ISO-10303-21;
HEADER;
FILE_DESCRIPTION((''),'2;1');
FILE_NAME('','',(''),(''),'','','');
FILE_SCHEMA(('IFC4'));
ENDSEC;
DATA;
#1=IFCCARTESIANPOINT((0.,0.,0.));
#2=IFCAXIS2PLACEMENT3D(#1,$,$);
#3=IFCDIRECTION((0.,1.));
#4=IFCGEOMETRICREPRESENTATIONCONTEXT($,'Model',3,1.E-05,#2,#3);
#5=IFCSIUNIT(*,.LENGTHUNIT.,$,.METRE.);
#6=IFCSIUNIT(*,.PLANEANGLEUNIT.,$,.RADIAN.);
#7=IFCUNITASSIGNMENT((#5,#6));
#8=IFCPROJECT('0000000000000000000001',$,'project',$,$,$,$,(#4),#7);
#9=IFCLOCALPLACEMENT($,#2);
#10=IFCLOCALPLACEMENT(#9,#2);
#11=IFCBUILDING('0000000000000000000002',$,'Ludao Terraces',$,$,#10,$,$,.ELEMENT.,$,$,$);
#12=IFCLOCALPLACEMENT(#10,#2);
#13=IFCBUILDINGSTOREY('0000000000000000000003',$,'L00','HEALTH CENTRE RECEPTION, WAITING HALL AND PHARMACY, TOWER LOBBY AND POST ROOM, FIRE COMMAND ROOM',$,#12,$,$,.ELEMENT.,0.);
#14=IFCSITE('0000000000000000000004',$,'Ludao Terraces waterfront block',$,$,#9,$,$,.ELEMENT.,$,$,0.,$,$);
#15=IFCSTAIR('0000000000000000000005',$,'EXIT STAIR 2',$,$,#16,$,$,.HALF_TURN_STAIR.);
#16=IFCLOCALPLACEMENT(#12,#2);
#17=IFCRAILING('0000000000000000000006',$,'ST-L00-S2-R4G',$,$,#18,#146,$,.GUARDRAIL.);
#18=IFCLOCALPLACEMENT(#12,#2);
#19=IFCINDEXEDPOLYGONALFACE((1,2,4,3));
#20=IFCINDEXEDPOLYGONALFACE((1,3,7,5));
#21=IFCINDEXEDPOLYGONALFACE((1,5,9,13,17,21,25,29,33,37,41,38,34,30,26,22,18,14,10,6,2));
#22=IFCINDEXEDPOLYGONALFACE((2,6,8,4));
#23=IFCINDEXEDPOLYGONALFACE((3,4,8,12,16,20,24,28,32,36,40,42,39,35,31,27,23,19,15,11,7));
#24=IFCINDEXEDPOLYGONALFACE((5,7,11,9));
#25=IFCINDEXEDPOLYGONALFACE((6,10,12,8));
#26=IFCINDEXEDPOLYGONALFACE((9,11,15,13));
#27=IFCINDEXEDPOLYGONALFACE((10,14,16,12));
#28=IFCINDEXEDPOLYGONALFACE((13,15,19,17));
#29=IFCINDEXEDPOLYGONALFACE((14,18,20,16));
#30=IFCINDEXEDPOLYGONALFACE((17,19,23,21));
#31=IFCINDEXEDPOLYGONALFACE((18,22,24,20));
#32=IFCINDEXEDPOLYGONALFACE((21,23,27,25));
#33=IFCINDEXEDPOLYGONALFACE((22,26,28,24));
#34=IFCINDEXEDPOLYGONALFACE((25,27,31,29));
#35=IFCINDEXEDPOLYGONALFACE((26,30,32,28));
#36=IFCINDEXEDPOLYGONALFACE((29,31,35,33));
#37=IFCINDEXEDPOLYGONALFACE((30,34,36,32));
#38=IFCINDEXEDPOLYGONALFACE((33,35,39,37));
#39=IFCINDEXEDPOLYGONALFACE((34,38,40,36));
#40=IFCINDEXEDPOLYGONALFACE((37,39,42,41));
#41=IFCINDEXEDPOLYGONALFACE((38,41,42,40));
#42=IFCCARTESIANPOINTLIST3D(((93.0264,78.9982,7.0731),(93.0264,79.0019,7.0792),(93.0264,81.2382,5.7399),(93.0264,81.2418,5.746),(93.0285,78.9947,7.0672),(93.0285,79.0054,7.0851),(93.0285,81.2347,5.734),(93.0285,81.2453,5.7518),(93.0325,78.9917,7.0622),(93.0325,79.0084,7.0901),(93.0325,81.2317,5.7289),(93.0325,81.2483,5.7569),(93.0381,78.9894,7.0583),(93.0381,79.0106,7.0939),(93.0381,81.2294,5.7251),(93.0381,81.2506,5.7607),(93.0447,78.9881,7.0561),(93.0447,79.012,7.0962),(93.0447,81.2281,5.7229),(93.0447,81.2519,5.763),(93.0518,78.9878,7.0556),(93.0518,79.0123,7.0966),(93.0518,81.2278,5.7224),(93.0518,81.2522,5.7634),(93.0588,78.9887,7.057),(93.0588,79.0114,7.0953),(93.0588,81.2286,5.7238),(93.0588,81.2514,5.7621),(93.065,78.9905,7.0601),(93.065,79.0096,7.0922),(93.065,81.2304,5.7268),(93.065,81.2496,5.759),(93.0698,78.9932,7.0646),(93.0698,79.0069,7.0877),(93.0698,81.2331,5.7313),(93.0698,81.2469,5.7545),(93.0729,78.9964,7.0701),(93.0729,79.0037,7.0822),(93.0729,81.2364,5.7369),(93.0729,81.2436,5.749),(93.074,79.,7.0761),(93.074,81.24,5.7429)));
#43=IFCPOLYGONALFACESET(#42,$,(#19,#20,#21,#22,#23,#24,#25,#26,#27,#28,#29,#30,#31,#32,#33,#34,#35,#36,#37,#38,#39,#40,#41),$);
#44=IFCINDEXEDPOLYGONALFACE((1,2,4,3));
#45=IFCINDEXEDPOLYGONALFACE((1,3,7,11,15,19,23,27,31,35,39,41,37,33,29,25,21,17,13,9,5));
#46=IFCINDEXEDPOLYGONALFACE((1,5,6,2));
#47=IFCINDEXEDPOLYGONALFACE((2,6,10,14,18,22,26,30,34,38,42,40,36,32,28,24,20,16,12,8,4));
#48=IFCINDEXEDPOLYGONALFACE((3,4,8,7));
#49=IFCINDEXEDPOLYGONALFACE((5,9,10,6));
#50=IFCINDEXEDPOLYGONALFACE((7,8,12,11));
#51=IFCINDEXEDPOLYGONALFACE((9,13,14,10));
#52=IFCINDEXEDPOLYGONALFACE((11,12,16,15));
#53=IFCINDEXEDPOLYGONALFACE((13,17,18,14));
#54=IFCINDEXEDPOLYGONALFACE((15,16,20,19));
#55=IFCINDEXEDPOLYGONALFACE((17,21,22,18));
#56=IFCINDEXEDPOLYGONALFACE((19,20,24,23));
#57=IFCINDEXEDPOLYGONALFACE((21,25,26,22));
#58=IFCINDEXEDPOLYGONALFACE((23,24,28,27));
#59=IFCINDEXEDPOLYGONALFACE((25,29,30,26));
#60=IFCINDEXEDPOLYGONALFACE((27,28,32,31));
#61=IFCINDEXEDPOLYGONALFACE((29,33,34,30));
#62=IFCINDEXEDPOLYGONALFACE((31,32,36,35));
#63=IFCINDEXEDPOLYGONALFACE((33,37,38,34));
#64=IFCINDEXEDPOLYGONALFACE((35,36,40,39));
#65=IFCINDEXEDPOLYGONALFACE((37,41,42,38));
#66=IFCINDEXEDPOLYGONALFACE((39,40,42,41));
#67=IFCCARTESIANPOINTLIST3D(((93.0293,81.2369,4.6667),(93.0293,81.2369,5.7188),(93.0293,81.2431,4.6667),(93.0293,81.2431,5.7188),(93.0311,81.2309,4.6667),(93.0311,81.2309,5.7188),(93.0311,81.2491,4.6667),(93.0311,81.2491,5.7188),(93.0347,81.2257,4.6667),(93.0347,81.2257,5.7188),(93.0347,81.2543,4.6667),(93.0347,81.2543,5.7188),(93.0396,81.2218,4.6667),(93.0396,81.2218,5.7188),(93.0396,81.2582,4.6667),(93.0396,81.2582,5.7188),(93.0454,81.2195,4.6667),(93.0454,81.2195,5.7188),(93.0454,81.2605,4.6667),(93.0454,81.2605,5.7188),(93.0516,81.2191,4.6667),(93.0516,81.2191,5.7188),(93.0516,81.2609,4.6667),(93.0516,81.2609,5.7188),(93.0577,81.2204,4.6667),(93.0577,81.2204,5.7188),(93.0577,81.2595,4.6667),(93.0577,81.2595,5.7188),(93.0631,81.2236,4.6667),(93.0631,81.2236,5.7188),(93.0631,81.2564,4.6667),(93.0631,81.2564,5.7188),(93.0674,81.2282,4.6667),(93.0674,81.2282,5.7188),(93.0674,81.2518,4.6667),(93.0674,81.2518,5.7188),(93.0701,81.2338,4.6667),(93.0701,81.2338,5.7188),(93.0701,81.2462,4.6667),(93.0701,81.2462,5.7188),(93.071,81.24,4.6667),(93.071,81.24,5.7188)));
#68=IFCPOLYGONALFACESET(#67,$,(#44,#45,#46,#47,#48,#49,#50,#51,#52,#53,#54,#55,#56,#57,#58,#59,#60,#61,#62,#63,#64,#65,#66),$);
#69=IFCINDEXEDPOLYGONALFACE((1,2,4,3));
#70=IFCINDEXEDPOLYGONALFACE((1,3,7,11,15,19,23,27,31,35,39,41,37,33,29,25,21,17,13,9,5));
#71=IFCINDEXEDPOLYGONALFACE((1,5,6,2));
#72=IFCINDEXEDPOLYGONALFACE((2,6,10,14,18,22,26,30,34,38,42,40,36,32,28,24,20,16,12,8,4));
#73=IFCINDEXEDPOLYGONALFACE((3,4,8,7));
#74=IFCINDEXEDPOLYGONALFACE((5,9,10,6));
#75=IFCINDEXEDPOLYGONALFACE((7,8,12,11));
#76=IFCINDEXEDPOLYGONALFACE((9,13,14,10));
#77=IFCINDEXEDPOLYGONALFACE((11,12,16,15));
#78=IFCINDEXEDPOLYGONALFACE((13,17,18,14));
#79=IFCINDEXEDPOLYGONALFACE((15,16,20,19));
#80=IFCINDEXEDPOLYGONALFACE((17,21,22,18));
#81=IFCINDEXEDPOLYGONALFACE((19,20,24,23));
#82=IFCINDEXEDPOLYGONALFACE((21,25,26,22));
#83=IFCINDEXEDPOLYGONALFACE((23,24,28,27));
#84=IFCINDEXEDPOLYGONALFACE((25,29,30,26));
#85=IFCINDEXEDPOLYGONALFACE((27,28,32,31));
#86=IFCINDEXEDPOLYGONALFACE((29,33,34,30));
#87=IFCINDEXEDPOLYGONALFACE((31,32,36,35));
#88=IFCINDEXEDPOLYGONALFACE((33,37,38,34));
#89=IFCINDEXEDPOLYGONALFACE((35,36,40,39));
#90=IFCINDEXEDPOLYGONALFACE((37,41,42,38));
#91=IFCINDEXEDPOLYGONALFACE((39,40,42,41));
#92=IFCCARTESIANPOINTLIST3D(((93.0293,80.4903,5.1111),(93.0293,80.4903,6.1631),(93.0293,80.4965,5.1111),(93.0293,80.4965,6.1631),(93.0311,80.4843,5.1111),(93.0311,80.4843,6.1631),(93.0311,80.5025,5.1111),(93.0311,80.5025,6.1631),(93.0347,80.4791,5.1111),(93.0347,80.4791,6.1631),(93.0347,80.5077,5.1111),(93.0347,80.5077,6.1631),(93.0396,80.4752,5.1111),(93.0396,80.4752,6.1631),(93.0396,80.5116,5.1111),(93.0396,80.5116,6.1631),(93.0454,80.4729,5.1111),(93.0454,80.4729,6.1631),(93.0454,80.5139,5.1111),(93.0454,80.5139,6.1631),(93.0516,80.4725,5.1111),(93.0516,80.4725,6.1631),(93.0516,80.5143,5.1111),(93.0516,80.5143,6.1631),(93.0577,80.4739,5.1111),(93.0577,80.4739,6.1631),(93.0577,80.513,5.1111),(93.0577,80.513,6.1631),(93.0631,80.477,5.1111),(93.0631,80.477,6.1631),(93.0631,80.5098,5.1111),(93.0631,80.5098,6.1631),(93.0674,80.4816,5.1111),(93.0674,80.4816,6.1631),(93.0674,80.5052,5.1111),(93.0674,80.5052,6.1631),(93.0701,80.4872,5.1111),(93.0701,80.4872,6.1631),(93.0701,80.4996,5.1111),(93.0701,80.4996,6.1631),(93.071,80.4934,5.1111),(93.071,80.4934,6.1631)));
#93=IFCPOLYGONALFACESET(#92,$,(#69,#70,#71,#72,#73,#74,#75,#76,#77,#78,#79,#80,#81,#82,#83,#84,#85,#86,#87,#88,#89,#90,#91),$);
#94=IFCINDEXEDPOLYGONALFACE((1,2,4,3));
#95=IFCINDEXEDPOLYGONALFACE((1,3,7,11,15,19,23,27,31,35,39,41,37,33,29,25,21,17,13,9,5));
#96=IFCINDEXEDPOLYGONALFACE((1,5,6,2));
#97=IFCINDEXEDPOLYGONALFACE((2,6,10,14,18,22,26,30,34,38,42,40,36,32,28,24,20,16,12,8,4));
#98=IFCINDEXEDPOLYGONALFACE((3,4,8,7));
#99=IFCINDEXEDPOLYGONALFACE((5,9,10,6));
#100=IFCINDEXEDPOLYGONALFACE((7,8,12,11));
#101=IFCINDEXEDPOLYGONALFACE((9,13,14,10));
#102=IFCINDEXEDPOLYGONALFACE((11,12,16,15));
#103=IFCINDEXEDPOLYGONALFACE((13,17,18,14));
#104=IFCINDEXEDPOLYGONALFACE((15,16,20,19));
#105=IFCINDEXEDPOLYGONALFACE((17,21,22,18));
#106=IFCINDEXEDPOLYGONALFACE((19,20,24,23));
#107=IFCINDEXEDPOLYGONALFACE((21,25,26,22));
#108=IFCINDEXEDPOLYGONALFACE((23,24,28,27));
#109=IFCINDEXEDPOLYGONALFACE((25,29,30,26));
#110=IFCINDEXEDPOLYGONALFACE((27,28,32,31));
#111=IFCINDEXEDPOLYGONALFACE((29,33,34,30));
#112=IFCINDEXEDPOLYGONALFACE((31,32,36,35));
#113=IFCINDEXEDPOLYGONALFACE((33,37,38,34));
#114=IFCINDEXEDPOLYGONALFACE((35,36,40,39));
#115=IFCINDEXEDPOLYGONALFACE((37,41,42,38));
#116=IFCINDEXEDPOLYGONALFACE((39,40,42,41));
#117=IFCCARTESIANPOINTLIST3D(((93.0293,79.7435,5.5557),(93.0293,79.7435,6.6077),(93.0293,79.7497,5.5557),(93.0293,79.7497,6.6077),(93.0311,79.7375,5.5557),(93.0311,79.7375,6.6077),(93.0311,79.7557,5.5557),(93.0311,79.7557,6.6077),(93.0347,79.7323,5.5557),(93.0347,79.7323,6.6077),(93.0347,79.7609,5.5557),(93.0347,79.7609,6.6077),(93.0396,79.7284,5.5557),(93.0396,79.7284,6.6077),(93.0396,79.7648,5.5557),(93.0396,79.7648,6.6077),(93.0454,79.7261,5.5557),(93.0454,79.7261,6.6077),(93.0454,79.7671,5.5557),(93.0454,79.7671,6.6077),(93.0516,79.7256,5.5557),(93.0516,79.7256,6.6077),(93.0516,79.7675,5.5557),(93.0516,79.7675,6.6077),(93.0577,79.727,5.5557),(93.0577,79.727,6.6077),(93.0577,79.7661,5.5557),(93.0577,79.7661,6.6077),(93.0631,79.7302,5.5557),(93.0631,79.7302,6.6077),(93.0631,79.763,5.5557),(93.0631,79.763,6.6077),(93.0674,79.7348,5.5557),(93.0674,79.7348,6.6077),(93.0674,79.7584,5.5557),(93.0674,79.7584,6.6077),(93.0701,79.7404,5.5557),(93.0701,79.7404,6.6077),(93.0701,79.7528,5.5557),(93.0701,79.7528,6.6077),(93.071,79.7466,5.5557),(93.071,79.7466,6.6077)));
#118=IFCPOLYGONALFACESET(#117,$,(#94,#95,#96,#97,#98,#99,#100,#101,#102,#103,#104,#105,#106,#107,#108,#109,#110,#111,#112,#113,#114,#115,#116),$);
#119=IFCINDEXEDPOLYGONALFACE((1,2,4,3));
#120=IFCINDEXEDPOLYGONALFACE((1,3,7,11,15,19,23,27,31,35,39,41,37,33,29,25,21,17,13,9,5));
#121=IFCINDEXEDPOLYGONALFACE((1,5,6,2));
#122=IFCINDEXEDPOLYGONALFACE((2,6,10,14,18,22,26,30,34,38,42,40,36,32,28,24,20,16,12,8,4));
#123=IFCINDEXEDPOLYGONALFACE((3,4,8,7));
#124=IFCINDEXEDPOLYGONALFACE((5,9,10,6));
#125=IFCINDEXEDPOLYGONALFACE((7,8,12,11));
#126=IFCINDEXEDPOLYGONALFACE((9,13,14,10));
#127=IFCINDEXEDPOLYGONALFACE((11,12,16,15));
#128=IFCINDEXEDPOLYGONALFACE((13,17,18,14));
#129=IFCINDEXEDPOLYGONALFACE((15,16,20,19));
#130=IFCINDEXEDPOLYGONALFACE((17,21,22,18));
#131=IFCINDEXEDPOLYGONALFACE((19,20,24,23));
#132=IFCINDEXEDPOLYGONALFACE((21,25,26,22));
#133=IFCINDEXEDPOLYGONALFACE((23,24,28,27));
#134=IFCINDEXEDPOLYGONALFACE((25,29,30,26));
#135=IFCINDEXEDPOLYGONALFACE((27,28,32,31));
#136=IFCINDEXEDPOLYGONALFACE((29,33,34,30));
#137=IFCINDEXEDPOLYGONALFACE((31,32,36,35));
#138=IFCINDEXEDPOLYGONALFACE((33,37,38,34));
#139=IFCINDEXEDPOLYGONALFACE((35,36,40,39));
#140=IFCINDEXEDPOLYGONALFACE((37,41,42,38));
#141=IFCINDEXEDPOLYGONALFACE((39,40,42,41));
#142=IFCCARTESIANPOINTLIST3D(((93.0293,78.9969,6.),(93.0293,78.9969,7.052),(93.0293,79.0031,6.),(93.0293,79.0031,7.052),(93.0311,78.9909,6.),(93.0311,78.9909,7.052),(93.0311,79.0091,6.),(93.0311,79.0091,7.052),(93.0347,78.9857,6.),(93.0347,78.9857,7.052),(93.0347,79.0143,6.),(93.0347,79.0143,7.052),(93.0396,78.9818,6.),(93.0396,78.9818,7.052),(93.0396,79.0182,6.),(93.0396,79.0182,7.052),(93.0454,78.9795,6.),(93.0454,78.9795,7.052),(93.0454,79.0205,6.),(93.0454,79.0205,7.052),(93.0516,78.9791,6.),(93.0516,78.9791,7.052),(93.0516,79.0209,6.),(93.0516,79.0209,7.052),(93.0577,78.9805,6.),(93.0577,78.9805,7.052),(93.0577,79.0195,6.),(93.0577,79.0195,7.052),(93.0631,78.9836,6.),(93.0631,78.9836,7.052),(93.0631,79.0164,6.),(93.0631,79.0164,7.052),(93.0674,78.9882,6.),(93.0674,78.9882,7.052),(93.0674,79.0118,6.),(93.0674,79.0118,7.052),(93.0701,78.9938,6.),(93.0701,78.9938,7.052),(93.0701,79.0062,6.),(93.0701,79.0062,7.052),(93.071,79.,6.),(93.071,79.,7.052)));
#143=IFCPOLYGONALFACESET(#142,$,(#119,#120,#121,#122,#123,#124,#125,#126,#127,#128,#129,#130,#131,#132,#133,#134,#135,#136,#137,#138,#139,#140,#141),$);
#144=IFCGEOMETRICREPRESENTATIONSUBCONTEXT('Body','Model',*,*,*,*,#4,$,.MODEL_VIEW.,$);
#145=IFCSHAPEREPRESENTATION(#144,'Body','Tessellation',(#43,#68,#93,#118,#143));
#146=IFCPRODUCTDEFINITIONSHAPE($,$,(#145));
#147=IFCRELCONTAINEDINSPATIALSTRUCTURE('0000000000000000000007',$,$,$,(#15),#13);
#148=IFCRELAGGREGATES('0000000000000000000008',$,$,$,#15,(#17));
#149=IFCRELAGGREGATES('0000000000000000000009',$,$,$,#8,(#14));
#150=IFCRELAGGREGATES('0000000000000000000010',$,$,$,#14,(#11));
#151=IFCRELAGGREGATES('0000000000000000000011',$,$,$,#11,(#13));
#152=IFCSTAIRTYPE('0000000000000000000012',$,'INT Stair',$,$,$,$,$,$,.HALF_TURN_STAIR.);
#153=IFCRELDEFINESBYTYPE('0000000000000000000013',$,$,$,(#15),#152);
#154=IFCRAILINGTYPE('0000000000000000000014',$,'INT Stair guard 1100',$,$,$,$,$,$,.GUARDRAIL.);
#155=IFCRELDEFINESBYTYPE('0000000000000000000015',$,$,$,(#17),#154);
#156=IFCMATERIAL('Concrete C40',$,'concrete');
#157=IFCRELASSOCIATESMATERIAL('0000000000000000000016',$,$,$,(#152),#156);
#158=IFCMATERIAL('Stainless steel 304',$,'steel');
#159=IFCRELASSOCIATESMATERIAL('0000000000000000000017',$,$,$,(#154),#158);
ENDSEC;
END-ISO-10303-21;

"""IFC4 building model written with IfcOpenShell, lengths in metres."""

from ifc_helpers import new_model, si_unit, direction, frame, origin, origin_2d, place, context, subcontext, project, spatial, circle, extrude, material, type_object, element, aggregate, save


model = new_model("IFC4")

# Units and contexts
model_context = context("Model", 3, precision=1e-05, world=origin(), true_north=direction((0.0, 1.0)))
body_context = subcontext(model_context, "Body", "Model", "MODEL_VIEW")
ifc_project = project(units=[si_unit("LENGTHUNIT", "METRE"), si_unit("PLANEANGLEUNIT", "RADIAN")], contexts=[model_context])

# Site, building, storey
site_placement = place(None, origin())
site = spatial("IfcSite", under=ifc_project, at=site_placement, Name="Ludao Terraces waterfront block", CompositionType="ELEMENT", RefElevation=0.0)
building_placement = place(site_placement, origin())
building = spatial("IfcBuilding", under=site, at=building_placement, Name="Ludao Terraces", CompositionType="ELEMENT")
storey_placement = place(building_placement, origin())
storey = spatial("IfcBuildingStorey", under=building, at=storey_placement, Name="L00", Description="HEALTH CENTRE RECEPTION, WAITING HALL AND PHARMACY, TOWER LOBBY AND POST ROOM, FIRE COMMAND ROOM", CompositionType="ELEMENT", Elevation=0.0)

# Shared definitions
ifc_material_1 = material(Name="Concrete C40", Category="concrete")

# Stair, railing
stair_type = type_object("IfcStairType", Name="INT Stair", PredefinedType="HALF_TURN_STAIR", material=ifc_material_1)
stair_placement = place(storey_placement, origin())
stair = element("IfcStair", 1, at=stair_placement, inside=storey, type_object=stair_type, Name="EXIT STAIR 2", PredefinedType="HALF_TURN_STAIR")
ifc_material_2 = material(Name="Stainless steel 304", Category="steel")
railing_type_1 = type_object("IfcRailingType", Name="INT Stair guard 1100", PredefinedType="GUARDRAIL", material=ifc_material_2)
railing_1_placement = place(storey_placement, frame((93.05, 81.24, 4.6667)))
railing_1 = element("IfcRailing", 2, at=railing_1_placement, type_object=railing_type_1, Name="ST-L00-S2-R4G", PredefinedType="GUARDRAIL", context=body_context, shape_type="SweptSolid", body=[
    extrude(circle(Radius=0.0239, at=origin_2d()), frame((0.0, 0.0, 1.0762), z_axis=(0.0, -0.859306, 0.511462), x_axis=(1.0, 0.0, 0.0)), (0.0, 0.0, 1.0), 2.6067),
    extrude(circle(Radius=0.021, at=origin_2d()), origin(), (0.0, 0.0, 1.0), 1.052),
    extrude(circle(Radius=0.021, at=origin_2d()), frame((0.0, -0.7466, 0.4443)), (0.0, 0.0, 1.0), 1.052),
    extrude(circle(Radius=0.021, at=origin_2d()), frame((0.0, -1.4934, 0.8889)), (0.0, 0.0, 1.0), 1.052),
    extrude(circle(Radius=0.021, at=origin_2d()), frame((0.0, -2.24, 1.3333)), (0.0, 0.0, 1.0), 1.052),
])
aggregate(stair, [railing_1])

save(model, "model.ifc")
